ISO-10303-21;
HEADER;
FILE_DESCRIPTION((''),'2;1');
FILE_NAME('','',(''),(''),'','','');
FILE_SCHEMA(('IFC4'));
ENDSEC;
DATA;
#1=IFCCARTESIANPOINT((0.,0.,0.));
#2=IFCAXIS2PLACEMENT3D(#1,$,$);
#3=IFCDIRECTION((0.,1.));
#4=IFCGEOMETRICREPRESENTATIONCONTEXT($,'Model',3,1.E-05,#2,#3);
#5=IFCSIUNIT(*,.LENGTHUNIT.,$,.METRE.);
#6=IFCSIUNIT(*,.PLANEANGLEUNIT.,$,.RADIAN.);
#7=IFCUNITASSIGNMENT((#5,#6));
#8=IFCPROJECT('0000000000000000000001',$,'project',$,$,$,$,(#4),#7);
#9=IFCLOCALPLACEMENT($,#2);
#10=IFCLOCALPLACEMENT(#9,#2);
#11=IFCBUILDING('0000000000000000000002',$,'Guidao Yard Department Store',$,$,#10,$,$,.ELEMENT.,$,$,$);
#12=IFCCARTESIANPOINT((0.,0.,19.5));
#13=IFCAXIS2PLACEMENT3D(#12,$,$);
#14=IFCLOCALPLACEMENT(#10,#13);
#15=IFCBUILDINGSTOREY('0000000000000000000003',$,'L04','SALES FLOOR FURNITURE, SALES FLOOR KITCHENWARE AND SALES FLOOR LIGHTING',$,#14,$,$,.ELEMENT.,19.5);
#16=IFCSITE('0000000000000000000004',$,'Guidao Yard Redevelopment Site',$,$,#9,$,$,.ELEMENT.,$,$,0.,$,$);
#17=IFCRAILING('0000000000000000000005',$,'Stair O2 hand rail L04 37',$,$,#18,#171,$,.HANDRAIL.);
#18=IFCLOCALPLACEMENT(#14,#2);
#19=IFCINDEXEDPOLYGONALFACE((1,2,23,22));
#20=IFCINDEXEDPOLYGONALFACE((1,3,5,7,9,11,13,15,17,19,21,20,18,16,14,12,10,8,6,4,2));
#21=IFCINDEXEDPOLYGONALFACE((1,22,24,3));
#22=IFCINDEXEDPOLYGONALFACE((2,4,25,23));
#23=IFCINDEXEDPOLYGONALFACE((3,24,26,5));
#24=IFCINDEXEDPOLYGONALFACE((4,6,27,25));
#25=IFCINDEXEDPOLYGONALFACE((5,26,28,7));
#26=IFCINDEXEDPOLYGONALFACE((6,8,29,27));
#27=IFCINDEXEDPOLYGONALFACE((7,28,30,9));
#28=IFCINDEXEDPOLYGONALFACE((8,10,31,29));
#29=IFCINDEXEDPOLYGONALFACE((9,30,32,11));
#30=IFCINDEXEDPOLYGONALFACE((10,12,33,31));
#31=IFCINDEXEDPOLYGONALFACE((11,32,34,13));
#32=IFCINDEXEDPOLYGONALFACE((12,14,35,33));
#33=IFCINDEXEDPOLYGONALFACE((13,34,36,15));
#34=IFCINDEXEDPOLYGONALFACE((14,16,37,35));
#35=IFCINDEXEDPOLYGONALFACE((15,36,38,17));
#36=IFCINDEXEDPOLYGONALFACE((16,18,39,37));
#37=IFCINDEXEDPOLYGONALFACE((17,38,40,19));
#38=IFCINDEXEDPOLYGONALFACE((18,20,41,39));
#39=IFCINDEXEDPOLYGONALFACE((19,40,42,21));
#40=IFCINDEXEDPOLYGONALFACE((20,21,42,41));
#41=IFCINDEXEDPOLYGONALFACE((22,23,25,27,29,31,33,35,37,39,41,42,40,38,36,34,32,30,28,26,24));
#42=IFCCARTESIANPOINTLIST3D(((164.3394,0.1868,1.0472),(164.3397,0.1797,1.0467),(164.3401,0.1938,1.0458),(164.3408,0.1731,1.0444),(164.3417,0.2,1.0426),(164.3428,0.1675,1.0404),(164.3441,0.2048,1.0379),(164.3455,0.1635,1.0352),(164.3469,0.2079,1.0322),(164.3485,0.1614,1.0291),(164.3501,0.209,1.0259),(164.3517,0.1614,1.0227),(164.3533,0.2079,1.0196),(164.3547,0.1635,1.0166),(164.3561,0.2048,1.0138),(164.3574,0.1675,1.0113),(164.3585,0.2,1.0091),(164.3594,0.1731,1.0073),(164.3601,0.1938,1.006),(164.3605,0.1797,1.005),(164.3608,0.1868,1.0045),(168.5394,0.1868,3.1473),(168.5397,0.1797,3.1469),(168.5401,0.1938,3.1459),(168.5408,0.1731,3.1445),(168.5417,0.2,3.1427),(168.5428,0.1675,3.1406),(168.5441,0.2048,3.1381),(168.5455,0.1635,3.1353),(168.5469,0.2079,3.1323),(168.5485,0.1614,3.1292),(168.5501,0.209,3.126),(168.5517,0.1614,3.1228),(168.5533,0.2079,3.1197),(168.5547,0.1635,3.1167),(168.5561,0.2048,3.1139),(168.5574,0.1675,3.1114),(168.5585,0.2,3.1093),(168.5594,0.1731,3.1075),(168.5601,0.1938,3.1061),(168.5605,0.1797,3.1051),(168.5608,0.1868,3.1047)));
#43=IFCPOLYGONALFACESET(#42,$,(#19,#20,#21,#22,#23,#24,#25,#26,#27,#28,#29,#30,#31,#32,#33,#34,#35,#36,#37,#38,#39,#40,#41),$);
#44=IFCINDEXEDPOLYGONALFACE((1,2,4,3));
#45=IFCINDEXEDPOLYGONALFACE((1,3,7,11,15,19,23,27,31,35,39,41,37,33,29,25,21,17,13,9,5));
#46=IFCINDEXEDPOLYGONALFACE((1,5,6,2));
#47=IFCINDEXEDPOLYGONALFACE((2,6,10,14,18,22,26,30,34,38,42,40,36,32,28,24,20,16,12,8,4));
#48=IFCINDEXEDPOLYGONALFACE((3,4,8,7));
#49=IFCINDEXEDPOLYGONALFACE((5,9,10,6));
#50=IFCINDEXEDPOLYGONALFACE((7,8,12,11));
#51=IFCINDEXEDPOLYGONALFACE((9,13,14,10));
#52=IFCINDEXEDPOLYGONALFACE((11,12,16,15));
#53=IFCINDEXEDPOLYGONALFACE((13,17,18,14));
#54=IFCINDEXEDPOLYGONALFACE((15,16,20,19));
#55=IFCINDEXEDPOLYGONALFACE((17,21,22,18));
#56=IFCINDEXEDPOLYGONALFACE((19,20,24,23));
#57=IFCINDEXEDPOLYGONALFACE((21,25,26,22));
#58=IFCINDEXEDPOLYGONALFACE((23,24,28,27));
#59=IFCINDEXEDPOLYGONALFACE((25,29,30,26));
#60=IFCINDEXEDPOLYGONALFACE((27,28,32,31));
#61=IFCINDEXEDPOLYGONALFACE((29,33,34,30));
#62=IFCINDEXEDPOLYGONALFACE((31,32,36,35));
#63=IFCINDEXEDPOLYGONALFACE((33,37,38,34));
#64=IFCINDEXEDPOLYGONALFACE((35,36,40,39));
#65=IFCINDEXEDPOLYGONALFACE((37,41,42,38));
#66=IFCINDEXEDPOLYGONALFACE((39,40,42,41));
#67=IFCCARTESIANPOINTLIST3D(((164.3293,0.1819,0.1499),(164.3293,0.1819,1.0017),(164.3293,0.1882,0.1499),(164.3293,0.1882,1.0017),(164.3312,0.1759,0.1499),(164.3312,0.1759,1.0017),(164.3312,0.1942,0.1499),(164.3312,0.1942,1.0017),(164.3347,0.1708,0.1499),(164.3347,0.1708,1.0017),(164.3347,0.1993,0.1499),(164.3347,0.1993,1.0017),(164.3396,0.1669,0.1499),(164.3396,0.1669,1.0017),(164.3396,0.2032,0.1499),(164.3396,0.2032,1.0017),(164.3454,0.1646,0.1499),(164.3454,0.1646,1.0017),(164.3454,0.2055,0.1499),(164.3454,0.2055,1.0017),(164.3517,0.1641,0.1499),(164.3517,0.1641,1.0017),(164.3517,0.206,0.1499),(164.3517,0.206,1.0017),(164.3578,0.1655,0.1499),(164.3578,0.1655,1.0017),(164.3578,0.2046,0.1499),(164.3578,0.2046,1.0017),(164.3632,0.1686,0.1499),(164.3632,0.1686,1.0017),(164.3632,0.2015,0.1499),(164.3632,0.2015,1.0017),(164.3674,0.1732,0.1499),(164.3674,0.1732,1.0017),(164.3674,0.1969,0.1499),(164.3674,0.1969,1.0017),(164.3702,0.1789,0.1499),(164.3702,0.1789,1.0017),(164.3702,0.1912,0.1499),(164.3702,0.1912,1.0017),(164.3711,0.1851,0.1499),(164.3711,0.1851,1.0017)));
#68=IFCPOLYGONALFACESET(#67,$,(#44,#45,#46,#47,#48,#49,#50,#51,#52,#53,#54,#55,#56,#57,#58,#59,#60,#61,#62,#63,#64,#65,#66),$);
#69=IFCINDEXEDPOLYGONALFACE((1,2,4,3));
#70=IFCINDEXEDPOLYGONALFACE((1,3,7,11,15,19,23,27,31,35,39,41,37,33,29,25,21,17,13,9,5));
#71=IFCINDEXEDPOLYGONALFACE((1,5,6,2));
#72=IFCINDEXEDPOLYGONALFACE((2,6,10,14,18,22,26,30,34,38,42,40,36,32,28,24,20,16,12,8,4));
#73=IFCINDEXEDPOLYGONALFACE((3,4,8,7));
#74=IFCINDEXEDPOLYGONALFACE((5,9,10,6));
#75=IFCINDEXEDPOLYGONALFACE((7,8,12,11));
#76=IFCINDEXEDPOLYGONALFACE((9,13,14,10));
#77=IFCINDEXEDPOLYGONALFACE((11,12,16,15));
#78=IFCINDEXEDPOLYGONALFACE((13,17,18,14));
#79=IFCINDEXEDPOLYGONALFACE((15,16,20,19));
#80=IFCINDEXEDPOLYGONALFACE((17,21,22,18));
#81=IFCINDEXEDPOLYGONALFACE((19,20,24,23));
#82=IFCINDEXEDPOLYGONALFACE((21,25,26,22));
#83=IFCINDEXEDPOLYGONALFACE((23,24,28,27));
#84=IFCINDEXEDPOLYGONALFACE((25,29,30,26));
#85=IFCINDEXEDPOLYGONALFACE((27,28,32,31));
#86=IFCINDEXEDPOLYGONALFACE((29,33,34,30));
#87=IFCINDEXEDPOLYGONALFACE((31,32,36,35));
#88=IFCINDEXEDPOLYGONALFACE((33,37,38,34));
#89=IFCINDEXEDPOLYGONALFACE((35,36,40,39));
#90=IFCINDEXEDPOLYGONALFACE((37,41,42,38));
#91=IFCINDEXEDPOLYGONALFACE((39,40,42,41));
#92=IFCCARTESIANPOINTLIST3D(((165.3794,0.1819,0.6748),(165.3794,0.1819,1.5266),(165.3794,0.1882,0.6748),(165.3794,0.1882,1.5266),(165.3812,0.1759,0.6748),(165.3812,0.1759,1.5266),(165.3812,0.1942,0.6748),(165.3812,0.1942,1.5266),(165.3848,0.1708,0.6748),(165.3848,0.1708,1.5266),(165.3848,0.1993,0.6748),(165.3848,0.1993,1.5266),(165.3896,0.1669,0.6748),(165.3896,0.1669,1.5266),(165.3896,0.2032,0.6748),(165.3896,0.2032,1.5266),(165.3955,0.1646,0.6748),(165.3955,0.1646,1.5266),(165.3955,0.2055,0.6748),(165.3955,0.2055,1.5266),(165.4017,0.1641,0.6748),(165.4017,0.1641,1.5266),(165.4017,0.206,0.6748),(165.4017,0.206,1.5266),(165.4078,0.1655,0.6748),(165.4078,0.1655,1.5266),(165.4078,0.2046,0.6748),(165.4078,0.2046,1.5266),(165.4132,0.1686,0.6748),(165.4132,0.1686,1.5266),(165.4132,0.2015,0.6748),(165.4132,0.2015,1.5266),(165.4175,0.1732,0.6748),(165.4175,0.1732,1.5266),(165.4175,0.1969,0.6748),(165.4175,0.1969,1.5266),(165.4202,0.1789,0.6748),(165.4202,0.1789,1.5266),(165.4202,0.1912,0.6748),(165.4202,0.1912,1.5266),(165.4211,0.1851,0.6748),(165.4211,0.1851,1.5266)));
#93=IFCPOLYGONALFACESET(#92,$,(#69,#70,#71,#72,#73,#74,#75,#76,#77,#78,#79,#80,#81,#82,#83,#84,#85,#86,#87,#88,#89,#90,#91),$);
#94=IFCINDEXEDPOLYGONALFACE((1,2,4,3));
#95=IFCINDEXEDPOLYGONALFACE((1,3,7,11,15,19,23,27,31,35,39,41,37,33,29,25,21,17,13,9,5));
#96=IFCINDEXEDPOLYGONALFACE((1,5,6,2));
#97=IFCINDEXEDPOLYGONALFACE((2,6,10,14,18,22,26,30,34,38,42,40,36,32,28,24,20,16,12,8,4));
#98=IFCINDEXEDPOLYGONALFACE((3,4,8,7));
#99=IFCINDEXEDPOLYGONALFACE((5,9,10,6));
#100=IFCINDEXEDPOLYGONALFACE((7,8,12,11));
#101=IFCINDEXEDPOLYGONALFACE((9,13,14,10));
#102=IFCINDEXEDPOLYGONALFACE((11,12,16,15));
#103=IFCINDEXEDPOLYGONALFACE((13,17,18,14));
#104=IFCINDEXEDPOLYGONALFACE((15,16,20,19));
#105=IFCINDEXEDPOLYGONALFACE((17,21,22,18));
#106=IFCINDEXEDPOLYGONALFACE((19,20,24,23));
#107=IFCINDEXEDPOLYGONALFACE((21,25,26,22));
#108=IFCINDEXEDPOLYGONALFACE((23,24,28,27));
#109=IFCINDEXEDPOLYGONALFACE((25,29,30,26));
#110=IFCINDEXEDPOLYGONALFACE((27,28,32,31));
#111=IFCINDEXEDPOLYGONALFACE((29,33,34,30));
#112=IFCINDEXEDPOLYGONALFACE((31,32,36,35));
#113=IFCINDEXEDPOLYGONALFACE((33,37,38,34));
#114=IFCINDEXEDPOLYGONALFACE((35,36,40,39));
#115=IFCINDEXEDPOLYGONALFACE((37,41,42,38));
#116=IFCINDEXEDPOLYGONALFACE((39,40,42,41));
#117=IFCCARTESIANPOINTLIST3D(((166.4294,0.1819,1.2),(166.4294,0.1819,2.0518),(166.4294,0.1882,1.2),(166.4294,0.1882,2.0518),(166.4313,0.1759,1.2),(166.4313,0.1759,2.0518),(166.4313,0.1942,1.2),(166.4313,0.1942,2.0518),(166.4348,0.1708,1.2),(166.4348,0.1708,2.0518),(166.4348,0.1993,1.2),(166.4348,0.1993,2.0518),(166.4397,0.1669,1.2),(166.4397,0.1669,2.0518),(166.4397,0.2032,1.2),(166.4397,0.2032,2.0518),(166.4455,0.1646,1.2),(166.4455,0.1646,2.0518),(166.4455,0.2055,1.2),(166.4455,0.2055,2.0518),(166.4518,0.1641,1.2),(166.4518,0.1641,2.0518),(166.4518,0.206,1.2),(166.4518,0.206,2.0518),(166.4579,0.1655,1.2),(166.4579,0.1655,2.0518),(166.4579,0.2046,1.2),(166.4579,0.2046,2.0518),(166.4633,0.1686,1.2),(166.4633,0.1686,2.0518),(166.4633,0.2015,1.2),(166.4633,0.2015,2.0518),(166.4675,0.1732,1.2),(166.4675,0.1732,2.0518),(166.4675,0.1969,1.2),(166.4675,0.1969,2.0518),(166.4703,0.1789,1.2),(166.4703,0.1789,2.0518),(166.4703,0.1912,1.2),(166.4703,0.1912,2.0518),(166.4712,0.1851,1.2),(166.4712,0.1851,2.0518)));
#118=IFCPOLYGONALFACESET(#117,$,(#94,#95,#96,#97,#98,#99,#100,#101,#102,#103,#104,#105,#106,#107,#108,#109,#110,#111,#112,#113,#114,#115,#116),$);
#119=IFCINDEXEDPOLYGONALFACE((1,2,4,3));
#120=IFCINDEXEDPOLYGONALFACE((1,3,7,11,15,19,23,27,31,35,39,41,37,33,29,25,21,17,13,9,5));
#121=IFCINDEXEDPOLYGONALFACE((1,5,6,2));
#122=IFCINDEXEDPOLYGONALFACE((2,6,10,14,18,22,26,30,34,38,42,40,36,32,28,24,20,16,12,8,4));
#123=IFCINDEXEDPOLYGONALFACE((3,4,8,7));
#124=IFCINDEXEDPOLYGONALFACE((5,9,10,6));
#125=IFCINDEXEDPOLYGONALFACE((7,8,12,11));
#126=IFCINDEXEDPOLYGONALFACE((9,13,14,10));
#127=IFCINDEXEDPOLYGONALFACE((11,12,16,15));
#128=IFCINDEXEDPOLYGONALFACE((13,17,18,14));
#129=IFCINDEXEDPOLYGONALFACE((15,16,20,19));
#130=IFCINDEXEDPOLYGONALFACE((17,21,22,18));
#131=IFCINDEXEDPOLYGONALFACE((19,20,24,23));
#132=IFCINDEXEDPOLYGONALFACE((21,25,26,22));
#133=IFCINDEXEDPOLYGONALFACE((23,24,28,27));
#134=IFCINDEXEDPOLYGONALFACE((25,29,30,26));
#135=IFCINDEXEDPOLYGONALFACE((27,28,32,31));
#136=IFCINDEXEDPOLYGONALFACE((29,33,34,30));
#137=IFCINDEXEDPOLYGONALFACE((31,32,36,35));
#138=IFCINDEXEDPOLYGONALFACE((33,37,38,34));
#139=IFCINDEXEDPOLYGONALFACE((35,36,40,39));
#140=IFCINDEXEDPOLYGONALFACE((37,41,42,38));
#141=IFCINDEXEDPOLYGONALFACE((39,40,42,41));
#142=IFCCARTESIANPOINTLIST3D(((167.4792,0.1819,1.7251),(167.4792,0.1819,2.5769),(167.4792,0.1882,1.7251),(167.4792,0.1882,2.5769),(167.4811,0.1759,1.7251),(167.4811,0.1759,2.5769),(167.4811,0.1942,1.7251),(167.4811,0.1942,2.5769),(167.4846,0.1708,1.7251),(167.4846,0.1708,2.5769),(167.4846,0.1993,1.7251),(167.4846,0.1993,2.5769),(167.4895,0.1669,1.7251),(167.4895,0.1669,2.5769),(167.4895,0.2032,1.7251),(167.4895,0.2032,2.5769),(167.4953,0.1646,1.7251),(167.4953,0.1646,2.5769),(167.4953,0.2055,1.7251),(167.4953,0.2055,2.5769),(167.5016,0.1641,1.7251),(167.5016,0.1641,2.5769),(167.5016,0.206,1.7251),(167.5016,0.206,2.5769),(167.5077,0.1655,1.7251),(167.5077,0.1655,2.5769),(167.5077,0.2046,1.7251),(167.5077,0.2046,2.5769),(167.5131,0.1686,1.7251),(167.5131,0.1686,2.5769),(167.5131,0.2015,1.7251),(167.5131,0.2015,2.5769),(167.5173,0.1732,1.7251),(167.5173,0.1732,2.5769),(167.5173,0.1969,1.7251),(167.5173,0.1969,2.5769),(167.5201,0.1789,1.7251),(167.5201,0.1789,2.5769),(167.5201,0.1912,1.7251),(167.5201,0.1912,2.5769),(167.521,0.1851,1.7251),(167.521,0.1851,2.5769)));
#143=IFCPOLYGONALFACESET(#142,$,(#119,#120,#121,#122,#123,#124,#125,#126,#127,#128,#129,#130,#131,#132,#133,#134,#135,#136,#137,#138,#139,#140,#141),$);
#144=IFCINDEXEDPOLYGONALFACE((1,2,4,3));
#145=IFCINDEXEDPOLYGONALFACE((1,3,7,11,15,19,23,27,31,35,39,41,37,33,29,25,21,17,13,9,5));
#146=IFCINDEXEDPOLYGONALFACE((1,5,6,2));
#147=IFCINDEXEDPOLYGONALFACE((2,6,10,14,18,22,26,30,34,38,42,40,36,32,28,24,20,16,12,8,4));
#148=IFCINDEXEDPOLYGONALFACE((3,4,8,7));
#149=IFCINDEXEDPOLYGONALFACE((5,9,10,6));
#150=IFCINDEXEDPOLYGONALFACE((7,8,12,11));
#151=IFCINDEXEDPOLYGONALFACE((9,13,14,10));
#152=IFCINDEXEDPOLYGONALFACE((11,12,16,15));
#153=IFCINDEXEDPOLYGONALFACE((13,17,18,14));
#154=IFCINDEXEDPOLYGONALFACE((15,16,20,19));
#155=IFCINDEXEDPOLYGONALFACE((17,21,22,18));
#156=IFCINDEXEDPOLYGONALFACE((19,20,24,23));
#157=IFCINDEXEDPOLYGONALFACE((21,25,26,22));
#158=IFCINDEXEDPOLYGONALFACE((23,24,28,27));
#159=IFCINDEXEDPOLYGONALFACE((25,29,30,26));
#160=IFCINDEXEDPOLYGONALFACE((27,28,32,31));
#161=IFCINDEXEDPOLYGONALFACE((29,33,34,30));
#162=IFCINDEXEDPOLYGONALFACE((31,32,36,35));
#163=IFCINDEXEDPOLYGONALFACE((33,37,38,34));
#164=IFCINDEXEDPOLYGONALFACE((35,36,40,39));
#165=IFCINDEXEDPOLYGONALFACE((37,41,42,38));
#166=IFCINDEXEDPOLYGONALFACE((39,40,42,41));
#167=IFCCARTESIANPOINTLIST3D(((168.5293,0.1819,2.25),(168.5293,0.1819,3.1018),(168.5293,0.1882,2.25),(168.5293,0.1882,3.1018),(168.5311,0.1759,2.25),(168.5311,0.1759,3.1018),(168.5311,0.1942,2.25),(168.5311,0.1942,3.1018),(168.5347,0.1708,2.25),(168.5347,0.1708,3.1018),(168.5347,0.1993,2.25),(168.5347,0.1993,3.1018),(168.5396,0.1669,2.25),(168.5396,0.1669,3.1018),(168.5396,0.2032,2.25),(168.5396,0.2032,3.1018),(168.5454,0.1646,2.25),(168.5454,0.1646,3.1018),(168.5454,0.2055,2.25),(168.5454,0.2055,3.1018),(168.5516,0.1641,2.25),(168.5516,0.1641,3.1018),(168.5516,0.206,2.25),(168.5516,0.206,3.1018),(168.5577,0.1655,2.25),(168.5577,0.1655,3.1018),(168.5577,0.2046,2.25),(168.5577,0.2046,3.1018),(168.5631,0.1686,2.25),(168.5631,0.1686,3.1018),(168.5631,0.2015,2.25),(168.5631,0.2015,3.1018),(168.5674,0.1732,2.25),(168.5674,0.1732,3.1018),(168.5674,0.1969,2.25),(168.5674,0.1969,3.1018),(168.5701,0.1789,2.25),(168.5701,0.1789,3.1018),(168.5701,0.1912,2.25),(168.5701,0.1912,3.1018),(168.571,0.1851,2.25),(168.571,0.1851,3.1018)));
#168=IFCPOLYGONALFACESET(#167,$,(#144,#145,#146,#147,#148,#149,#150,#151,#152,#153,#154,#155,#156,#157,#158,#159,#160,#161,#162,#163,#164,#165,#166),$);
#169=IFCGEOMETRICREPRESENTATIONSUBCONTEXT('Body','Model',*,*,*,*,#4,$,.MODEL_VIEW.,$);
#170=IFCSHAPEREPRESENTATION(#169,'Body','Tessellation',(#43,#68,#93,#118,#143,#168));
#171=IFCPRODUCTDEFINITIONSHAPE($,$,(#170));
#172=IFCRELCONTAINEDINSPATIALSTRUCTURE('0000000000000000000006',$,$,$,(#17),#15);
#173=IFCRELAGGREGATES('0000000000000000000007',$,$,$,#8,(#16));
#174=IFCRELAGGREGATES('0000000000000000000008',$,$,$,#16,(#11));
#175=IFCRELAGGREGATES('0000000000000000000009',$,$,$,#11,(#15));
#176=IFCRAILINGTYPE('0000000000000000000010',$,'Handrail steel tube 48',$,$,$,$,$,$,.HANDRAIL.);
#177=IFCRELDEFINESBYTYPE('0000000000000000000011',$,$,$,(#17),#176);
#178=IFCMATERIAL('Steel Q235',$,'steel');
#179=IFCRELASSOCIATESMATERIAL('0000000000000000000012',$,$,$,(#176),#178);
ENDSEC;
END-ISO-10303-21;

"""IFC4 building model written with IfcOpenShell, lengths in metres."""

from ifc_helpers import new_model, si_unit, direction, frame, origin, origin_2d, place, context, subcontext, project, spatial, circle, extrude, material, type_object, element, save


model = new_model("IFC4")

# Units and contexts
model_context = context("Model", 3, precision=1e-05, world=origin(), true_north=direction((0.0, 1.0)))
body_context = subcontext(model_context, "Body", "Model", "MODEL_VIEW")
ifc_project = project(units=[si_unit("LENGTHUNIT", "METRE"), si_unit("PLANEANGLEUNIT", "RADIAN")], contexts=[model_context])

# Site, building, storey
site_placement = place(None, origin())
site = spatial("IfcSite", under=ifc_project, at=site_placement, Name="Guidao Yard Redevelopment Site", CompositionType="ELEMENT", RefElevation=0.0)
building_placement = place(site_placement, origin())
building = spatial("IfcBuilding", under=site, at=building_placement, Name="Guidao Yard Department Store", CompositionType="ELEMENT")
storey_placement = place(building_placement, frame((0.0, 0.0, 19.5)))
storey = spatial("IfcBuildingStorey", under=building, at=storey_placement, Name="L04", Description="SALES FLOOR FURNITURE, SALES FLOOR KITCHENWARE AND SALES FLOOR LIGHTING", CompositionType="ELEMENT", Elevation=19.5)

# Railing
ifc_material_1 = material(Name="Steel Q235", Category="steel")
railing_type_1 = type_object("IfcRailingType", Name="Handrail steel tube 48", PredefinedType="HANDRAIL", material=ifc_material_1)
for number, where, name in (
    (1, (164.3501, 0.1851, 0.1499), "Stair O2 hand rail L04 37"),
):
    element("IfcRailing", number, at=place(storey_placement, frame(where)), inside=storey, type_object=railing_type_1, Name=name, PredefinedType="HANDRAIL", context=body_context, shape_type="SweptSolid", body=[
        extrude(circle(Radius=0.0239, at=origin_2d()), frame((0.0, 0.0, 0.876), z_axis=(0.894417, 0.0, 0.447234), x_axis=(0.0, 1.0, 0.0)), (0.0, 0.0, 1.0), 4.6958),
        extrude(circle(Radius=0.021, at=origin_2d()), origin(), (0.0, 0.0, 1.0), 0.8518),
        extrude(circle(Radius=0.021, at=origin_2d()), frame((1.05, 0.0, 0.5249)), (0.0, 0.0, 1.0), 0.8518),
        extrude(circle(Radius=0.021, at=origin_2d()), frame((2.1001, 0.0, 1.05)), (0.0, 0.0, 1.0), 0.8518),
        extrude(circle(Radius=0.021, at=origin_2d()), frame((3.1499, 0.0, 1.5752)), (0.0, 0.0, 1.0), 0.8518),
        extrude(circle(Radius=0.021, at=origin_2d()), frame((4.2, 0.0, 2.1001)), (0.0, 0.0, 1.0), 0.8518),
    ])

save(model, "model.ifc")
